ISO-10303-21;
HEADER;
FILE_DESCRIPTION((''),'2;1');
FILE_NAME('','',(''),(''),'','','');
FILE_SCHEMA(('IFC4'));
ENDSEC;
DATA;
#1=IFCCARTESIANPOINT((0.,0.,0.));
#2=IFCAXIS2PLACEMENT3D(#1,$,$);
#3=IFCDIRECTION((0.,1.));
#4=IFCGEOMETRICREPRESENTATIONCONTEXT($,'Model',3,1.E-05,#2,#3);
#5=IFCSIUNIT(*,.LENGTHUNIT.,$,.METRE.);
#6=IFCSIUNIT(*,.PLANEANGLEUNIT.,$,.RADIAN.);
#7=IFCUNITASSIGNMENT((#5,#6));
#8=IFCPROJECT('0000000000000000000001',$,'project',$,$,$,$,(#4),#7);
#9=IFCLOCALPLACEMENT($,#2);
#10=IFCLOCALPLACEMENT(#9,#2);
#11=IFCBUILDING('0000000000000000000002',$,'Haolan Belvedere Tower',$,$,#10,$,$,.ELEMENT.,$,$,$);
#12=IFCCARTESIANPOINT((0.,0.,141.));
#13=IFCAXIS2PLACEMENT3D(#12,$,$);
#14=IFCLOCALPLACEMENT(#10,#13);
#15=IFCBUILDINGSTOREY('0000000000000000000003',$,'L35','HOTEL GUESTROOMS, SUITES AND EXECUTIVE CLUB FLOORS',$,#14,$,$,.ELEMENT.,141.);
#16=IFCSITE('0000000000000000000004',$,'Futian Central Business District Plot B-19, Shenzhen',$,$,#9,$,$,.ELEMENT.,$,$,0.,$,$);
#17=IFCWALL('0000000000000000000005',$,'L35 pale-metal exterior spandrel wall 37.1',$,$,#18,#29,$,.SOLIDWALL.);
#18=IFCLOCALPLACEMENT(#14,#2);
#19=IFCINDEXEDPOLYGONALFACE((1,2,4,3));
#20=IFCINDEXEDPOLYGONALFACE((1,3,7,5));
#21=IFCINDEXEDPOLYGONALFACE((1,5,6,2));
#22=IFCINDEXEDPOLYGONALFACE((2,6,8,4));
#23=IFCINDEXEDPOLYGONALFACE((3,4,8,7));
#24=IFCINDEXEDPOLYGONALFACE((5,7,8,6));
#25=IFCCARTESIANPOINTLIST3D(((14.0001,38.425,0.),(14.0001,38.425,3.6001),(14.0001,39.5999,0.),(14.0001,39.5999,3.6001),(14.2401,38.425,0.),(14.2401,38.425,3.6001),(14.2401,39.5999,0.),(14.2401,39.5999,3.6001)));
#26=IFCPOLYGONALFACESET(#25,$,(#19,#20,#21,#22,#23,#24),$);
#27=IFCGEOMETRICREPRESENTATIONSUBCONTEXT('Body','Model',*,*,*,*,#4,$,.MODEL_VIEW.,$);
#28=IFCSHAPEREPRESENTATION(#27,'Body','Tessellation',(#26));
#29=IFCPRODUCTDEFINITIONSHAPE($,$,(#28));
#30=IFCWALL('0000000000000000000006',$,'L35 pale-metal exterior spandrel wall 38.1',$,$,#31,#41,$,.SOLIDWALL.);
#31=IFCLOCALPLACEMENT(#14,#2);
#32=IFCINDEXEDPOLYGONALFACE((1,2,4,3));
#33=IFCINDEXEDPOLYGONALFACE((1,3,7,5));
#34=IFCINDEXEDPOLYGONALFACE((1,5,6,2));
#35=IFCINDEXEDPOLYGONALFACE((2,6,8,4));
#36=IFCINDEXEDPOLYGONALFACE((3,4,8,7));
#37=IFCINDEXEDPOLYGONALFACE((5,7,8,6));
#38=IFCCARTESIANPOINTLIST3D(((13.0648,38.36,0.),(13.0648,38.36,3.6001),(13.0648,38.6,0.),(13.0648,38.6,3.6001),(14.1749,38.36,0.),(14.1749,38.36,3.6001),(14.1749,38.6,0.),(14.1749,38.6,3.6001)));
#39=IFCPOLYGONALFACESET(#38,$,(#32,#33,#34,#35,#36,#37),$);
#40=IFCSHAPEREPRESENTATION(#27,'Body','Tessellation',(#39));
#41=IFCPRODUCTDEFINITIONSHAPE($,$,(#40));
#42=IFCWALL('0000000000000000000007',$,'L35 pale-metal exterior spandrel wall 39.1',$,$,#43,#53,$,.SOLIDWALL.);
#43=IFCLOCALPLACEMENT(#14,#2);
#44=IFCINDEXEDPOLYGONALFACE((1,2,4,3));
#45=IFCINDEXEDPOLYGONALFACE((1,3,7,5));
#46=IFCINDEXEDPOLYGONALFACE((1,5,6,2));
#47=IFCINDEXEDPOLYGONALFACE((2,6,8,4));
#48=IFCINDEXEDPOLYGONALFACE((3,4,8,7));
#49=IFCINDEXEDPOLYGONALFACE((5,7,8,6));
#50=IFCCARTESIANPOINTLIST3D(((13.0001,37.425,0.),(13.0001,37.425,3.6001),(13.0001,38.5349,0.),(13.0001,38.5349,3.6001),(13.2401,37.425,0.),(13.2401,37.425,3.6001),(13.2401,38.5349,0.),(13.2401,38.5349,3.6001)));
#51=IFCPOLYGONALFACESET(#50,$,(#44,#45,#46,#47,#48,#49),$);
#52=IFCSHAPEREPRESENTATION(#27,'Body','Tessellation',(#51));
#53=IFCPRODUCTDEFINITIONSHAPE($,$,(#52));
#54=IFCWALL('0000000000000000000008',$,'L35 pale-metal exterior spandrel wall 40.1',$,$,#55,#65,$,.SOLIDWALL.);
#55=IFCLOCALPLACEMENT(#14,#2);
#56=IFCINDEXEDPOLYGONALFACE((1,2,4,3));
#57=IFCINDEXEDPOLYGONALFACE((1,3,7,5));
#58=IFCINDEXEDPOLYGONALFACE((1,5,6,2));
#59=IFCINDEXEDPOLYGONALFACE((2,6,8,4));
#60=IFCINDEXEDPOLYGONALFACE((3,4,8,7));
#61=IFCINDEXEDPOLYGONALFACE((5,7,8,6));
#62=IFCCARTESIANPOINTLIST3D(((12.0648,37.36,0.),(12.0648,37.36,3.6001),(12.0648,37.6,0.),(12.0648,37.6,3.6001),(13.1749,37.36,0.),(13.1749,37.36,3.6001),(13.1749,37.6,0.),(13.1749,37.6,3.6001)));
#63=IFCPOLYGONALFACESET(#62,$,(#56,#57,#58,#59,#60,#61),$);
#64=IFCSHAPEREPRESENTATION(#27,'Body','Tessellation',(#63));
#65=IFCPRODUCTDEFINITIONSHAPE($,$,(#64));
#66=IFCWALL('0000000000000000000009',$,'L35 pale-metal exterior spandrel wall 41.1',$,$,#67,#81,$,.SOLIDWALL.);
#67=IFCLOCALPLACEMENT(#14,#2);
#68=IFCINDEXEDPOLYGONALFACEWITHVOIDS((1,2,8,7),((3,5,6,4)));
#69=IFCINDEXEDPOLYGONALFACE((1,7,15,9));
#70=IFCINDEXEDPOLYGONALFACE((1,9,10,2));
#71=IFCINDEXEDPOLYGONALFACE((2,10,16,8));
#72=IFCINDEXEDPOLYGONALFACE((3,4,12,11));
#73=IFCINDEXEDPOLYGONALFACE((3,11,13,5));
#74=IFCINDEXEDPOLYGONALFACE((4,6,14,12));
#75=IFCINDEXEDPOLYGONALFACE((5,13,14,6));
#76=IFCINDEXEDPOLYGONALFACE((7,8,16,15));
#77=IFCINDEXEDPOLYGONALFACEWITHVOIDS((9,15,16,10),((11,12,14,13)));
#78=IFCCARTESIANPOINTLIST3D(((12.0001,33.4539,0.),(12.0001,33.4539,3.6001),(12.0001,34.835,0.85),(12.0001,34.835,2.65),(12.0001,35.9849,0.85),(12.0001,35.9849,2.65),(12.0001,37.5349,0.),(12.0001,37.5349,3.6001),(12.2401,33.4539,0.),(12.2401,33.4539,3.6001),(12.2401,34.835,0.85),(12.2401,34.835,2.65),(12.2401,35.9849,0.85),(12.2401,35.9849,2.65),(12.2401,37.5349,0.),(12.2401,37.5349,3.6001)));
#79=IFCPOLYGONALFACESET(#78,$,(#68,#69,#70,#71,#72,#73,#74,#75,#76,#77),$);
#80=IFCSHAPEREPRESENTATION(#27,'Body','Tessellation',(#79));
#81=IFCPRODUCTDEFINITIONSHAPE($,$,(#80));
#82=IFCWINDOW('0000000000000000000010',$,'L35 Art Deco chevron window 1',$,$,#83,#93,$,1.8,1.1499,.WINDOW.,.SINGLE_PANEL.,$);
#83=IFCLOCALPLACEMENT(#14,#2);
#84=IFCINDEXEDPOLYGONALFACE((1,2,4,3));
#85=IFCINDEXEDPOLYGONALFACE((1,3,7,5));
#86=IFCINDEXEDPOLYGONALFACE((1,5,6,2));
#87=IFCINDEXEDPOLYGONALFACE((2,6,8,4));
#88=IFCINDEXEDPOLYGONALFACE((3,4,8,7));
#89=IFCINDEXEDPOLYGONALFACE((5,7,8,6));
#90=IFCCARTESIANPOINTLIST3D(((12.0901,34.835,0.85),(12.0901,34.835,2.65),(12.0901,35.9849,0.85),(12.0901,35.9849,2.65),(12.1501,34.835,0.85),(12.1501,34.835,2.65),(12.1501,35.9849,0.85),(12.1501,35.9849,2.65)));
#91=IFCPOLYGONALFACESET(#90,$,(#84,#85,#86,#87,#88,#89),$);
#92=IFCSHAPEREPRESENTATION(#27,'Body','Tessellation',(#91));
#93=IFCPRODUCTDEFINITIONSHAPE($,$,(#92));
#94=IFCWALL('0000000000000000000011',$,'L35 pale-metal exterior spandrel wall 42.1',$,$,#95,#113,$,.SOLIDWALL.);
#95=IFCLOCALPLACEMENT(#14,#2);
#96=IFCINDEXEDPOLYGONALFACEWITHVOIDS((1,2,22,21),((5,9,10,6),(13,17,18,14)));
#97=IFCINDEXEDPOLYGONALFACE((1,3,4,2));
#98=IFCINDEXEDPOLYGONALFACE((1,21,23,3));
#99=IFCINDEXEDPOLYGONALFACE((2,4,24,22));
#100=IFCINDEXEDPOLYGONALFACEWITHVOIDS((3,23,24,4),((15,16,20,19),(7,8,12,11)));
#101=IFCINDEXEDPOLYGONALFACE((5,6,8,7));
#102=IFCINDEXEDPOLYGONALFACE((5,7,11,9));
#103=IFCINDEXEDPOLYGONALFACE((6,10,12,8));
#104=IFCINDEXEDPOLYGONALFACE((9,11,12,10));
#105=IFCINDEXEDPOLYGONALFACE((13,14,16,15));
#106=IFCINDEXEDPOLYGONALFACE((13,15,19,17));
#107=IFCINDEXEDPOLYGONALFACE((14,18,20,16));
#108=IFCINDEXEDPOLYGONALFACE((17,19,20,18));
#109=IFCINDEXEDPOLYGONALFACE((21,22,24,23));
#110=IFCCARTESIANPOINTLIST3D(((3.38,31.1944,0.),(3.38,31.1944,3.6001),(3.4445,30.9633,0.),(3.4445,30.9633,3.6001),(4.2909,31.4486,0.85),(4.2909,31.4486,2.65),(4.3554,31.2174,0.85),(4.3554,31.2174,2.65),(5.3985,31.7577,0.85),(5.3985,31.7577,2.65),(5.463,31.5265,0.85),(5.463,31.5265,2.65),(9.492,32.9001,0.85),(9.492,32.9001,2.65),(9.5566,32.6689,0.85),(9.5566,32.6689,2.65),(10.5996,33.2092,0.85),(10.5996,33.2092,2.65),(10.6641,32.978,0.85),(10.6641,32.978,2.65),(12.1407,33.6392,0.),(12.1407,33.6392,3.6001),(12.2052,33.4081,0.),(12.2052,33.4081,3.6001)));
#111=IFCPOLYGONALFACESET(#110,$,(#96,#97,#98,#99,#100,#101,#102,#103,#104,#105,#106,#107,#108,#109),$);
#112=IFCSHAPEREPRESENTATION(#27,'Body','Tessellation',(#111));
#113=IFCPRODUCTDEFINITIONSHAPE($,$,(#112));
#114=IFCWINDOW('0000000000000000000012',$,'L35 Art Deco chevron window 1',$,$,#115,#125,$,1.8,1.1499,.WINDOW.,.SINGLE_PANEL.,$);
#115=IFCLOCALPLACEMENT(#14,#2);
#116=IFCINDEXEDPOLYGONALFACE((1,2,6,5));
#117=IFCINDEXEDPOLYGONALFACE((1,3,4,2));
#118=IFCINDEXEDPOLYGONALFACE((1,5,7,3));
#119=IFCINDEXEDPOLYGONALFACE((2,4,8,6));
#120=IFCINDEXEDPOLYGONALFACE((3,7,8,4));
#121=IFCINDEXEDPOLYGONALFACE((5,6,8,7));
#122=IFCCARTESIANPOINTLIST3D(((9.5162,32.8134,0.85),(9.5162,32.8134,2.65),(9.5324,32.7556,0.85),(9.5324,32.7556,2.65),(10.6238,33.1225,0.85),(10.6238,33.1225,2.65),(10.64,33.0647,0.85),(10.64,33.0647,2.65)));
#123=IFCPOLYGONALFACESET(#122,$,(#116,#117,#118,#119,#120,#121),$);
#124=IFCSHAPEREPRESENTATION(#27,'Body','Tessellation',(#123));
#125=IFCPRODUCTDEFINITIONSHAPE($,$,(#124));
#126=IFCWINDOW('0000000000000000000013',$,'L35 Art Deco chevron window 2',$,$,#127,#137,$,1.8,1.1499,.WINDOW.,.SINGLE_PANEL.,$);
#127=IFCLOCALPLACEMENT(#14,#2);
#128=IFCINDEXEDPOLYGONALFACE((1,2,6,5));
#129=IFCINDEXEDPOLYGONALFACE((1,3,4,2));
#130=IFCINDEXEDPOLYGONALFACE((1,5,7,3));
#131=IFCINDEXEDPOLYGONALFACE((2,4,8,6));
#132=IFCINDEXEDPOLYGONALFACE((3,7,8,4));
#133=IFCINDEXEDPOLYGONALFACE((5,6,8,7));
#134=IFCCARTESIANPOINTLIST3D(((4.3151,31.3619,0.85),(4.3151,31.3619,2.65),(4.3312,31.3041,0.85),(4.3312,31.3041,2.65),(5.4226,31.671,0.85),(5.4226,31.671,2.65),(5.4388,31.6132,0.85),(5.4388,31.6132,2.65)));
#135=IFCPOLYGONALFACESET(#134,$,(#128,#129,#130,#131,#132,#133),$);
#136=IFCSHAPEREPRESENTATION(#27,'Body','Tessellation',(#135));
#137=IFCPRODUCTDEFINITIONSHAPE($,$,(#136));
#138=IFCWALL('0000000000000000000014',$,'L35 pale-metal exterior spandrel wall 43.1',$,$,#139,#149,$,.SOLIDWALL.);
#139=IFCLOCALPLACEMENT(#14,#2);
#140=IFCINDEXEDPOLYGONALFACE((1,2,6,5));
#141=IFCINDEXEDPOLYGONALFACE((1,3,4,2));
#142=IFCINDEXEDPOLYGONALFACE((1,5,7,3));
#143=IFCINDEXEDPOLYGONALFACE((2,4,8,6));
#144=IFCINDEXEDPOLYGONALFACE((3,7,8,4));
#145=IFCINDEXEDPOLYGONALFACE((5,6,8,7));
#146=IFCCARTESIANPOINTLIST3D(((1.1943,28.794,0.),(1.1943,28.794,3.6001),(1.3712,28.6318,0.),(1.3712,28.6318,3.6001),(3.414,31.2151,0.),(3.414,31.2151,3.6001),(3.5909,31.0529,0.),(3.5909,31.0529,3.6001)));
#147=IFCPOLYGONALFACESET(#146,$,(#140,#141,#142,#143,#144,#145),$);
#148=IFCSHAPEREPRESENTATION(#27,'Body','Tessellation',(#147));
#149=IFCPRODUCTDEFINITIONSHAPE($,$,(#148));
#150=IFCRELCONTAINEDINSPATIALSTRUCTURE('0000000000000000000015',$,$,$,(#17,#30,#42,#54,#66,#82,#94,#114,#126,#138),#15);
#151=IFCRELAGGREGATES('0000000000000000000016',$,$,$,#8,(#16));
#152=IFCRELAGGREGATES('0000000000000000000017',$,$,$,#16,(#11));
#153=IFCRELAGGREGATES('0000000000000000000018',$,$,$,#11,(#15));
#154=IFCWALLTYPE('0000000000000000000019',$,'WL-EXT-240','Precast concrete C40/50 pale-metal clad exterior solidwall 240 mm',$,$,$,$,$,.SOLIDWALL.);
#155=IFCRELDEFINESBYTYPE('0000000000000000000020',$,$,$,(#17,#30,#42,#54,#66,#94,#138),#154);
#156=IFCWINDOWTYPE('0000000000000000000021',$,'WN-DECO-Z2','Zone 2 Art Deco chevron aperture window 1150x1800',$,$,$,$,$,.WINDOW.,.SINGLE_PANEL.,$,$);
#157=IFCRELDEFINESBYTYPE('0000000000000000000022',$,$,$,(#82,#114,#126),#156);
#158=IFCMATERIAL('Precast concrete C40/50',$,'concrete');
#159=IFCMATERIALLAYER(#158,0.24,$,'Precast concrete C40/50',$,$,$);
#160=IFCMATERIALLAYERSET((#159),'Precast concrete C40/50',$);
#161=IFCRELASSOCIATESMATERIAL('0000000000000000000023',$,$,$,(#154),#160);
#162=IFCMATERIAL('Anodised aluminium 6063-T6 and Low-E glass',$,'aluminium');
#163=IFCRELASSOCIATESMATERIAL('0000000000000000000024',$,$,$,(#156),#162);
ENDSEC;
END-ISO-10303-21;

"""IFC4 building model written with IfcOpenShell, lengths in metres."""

from ifc_helpers import new_model, si_unit, direction, frame, frame_2d, origin, place, context, subcontext, project, spatial, rectangle, extrude, material, layer, layer_set, type_object, element, fill, save


model = new_model("IFC4")

# Units and contexts
model_context = context("Model", 3, precision=1e-05, world=origin(), true_north=direction((0.0, 1.0)))
body_context = subcontext(model_context, "Body", "Model", "MODEL_VIEW")
ifc_project = project(units=[si_unit("LENGTHUNIT", "METRE"), si_unit("PLANEANGLEUNIT", "RADIAN")], contexts=[model_context])

# Site, building, storey
site_placement = place(None, origin())
site = spatial("IfcSite", under=ifc_project, at=site_placement, Name="Futian Central Business District Plot B-19, Shenzhen", CompositionType="ELEMENT", RefElevation=0.0)
building_placement = place(site_placement, origin())
building = spatial("IfcBuilding", under=site, at=building_placement, Name="Haolan Belvedere Tower", CompositionType="ELEMENT")
storey_placement = place(building_placement, frame((0.0, 0.0, 141.0)))
storey = spatial("IfcBuildingStorey", under=building, at=storey_placement, Name="L35", Description="HOTEL GUESTROOMS, SUITES AND EXECUTIVE CLUB FLOORS", CompositionType="ELEMENT", Elevation=141.0)

# Shared definitions
ifc_material_1 = material(Name="Precast concrete C40/50", Category="concrete")
ifc_layer_1 = layer(ifc_material_1, 0.24, Name="Precast concrete C40/50")
ifc_layer_set_1 = layer_set([ifc_layer_1], Name="Precast concrete C40/50")
wall_type_1 = type_object("IfcWallType", Name="WL-EXT-240", Description="Precast concrete C40/50 pale-metal clad exterior solidwall 240 mm", PredefinedType="SOLIDWALL", material=ifc_layer_set_1)

# Shared definitions
ifc_material_2 = material(Name="Anodised aluminium 6063-T6 and Low-E glass", Category="aluminium")
window_type = type_object("IfcWindowType", Name="WN-DECO-Z2", Description="Zone 2 Art Deco chevron aperture window 1150x1800", PartitioningType="SINGLE_PANEL", PredefinedType="WINDOW", material=ifc_material_2)

# Walls
wall_1_placement = place(storey_placement, frame((14.1201, 39.5999, 0.0), z_axis=(0.0, 0.0, 1.0), x_axis=(0.0, -1.0, 0.0)))
element("IfcWall", 1, at=wall_1_placement, inside=storey, type_object=wall_type_1, Name="L35 pale-metal exterior spandrel wall 37.1", PredefinedType="SOLIDWALL", context=body_context, shape_type="SweptSolid", body=[
    extrude(rectangle(XDim=1.1748, YDim=0.24, at=frame_2d((0.5874, 0.0))), origin(), (0.0, 0.0, 1.0), 3.6001),
])
wall_2_placement = place(storey_placement, frame((14.175, 38.48, 0.0), z_axis=(0.0, 0.0, 1.0), x_axis=(-1.0, 0.0, 0.0)))
element("IfcWall", 2, at=wall_2_placement, inside=storey, type_object=wall_type_1, Name="L35 pale-metal exterior spandrel wall 38.1", PredefinedType="SOLIDWALL", context=body_context, shape_type="SweptSolid", body=[
    extrude(rectangle(XDim=1.1101, YDim=0.24, at=frame_2d((0.5552, 0.0))), origin(), (0.0, 0.0, 1.0), 3.6001),
])
wall_3_placement = place(storey_placement, frame((13.1201, 38.5349, 0.0), z_axis=(0.0, 0.0, 1.0), x_axis=(0.0, -1.0, 0.0)))
element("IfcWall", 3, at=wall_3_placement, inside=storey, type_object=wall_type_1, Name="L35 pale-metal exterior spandrel wall 39.1", PredefinedType="SOLIDWALL", context=body_context, shape_type="SweptSolid", body=[
    extrude(rectangle(XDim=1.1099, YDim=0.24, at=frame_2d((0.5549, 0.0))), origin(), (0.0, 0.0, 1.0), 3.6001),
])
wall_4_placement = place(storey_placement, frame((13.175, 37.48, 0.0), z_axis=(0.0, 0.0, 1.0), x_axis=(-1.0, 0.0, 0.0)))
element("IfcWall", 4, at=wall_4_placement, inside=storey, type_object=wall_type_1, Name="L35 pale-metal exterior spandrel wall 40.1", PredefinedType="SOLIDWALL", context=body_context, shape_type="SweptSolid", body=[
    extrude(rectangle(XDim=1.1101, YDim=0.24, at=frame_2d((0.5552, 0.0))), origin(), (0.0, 0.0, 1.0), 3.6001),
])

# Wall, opening, window
wall_5_placement = place(storey_placement, frame((12.1201, 37.5349, 0.0), z_axis=(0.0, 0.0, 1.0), x_axis=(0.0, -1.0, 0.0)))
wall_5 = element("IfcWall", 5, at=wall_5_placement, inside=storey, type_object=wall_type_1, Name="L35 pale-metal exterior spandrel wall 41.1", PredefinedType="SOLIDWALL", context=body_context, shape_type="SweptSolid", body=[
    extrude(rectangle(XDim=4.0811, YDim=0.24, at=frame_2d((2.0405, 0.0))), origin(), (0.0, 0.0, 1.0), 3.6001),
])
opening_1_placement = place(wall_5_placement, frame((1.55, 0.0, 0.8501)))
opening_1 = element("IfcOpeningElement", 6, at=opening_1_placement, cuts=wall_5, PredefinedType="OPENING", context=body_context, shape_type="SweptSolid", body=[
    extrude(rectangle(XDim=1.1499, YDim=1.8, at=frame_2d((0.575, 0.8999))), frame((0.0, 0.1299, 0.0), z_axis=(0.0, -1.0, 0.0), x_axis=(1.0, 0.0, 0.0)), (0.0, 0.0, 1.0), 0.26),
])
window_1_placement = place(opening_1_placement, origin())
window_1 = element("IfcWindow", 7, at=window_1_placement, inside=storey, type_object=window_type, Name="L35 Art Deco chevron window 1", OverallHeight=1.8, OverallWidth=1.1499, PartitioningType="SINGLE_PANEL", PredefinedType="WINDOW", context=body_context, shape_type="SweptSolid", body=[
    extrude(rectangle(XDim=1.1499, YDim=1.8, at=frame_2d((0.575, 0.8999))), frame((0.0, 0.03, 0.0), z_axis=(0.0, -1.0, 0.0), x_axis=(1.0, 0.0, 0.0)), (0.0, 0.0, 1.0), 0.0601),
])
fill(opening_1, window_1)

# Wall, openings, windows
wall_6_placement = place(storey_placement, frame((12.1731, 33.5237, 0.0), z_axis=(0.0, 0.0, 1.0), x_axis=(-0.963197, -0.268795, 0.0)))
wall_6 = element("IfcWall", 8, at=wall_6_placement, inside=storey, type_object=wall_type_1, Name="L35 pale-metal exterior spandrel wall 42.1", PredefinedType="SOLIDWALL", context=body_context, shape_type="SweptSolid", body=[
    extrude(rectangle(XDim=9.0955, YDim=0.24, at=frame_2d((4.5479, 0.0))), origin(), (0.0, 0.0, 1.0), 3.6001),
])
opening_2_placement = place(wall_6_placement, frame((1.6001, 0.0, 0.8501)))
opening_2 = element("IfcOpeningElement", 9, at=opening_2_placement, cuts=wall_6, PredefinedType="OPENING", context=body_context, shape_type="SweptSolid", body=[
    extrude(rectangle(XDim=1.1499, YDim=1.8, at=frame_2d((0.575, 0.8999))), frame((0.0, 0.1299, 0.0), z_axis=(0.0, -1.0, 0.0), x_axis=(1.0, 0.0, 0.0)), (0.0, 0.0, 1.0), 0.26),
])
opening_3_placement = place(wall_6_placement, frame((7.0, 0.0, 0.8501)))
opening_3 = element("IfcOpeningElement", 10, at=opening_3_placement, cuts=wall_6, PredefinedType="OPENING", context=body_context, shape_type="SweptSolid", body=[
    extrude(rectangle(XDim=1.1499, YDim=1.8, at=frame_2d((0.575, 0.8999))), frame((0.0, 0.1299, 0.0), z_axis=(0.0, -1.0, 0.0), x_axis=(1.0, 0.0, 0.0)), (0.0, 0.0, 1.0), 0.26),
])
window_2_placement = place(opening_2_placement, origin())
window_2 = element("IfcWindow", 11, at=window_2_placement, inside=storey, type_object=window_type, Name="L35 Art Deco chevron window 1", OverallHeight=1.8, OverallWidth=1.1499, PartitioningType="SINGLE_PANEL", PredefinedType="WINDOW", context=body_context, shape_type="SweptSolid", body=[
    extrude(rectangle(XDim=1.1499, YDim=1.8, at=frame_2d((0.575, 0.8999))), frame((0.0, 0.03, 0.0), z_axis=(0.0, -1.0, 0.0), x_axis=(1.0, 0.0, 0.0)), (0.0, 0.0, 1.0), 0.0601),
])
fill(opening_2, window_2)
window_3_placement = place(opening_3_placement, origin())
window_3 = element("IfcWindow", 12, at=window_3_placement, inside=storey, type_object=window_type, Name="L35 Art Deco chevron window 2", OverallHeight=1.8, OverallWidth=1.1499, PartitioningType="SINGLE_PANEL", PredefinedType="WINDOW", context=body_context, shape_type="SweptSolid", body=[
    extrude(rectangle(XDim=1.1499, YDim=1.8, at=frame_2d((0.575, 0.8999))), frame((0.0, 0.03, 0.0), z_axis=(0.0, -1.0, 0.0), x_axis=(1.0, 0.0, 0.0)), (0.0, 0.0, 1.0), 0.0601),
])
fill(opening_3, window_3)

# Wall
wall_7_placement = place(storey_placement, frame((3.5024, 31.134, 0.0), z_axis=(0.0, 0.0, 1.0), x_axis=(-0.675782, -0.737102, 0.0)))
element("IfcWall", 13, at=wall_7_placement, inside=storey, type_object=wall_type_1, Name="L35 pale-metal exterior spandrel wall 43.1", PredefinedType="SOLIDWALL", context=body_context, shape_type="SweptSolid", body=[
    extrude(rectangle(XDim=3.2847, YDim=0.24, at=frame_2d((1.6423, 0.0))), origin(), (0.0, 0.0, 1.0), 3.6001),
])

save(model, "model.ifc")
